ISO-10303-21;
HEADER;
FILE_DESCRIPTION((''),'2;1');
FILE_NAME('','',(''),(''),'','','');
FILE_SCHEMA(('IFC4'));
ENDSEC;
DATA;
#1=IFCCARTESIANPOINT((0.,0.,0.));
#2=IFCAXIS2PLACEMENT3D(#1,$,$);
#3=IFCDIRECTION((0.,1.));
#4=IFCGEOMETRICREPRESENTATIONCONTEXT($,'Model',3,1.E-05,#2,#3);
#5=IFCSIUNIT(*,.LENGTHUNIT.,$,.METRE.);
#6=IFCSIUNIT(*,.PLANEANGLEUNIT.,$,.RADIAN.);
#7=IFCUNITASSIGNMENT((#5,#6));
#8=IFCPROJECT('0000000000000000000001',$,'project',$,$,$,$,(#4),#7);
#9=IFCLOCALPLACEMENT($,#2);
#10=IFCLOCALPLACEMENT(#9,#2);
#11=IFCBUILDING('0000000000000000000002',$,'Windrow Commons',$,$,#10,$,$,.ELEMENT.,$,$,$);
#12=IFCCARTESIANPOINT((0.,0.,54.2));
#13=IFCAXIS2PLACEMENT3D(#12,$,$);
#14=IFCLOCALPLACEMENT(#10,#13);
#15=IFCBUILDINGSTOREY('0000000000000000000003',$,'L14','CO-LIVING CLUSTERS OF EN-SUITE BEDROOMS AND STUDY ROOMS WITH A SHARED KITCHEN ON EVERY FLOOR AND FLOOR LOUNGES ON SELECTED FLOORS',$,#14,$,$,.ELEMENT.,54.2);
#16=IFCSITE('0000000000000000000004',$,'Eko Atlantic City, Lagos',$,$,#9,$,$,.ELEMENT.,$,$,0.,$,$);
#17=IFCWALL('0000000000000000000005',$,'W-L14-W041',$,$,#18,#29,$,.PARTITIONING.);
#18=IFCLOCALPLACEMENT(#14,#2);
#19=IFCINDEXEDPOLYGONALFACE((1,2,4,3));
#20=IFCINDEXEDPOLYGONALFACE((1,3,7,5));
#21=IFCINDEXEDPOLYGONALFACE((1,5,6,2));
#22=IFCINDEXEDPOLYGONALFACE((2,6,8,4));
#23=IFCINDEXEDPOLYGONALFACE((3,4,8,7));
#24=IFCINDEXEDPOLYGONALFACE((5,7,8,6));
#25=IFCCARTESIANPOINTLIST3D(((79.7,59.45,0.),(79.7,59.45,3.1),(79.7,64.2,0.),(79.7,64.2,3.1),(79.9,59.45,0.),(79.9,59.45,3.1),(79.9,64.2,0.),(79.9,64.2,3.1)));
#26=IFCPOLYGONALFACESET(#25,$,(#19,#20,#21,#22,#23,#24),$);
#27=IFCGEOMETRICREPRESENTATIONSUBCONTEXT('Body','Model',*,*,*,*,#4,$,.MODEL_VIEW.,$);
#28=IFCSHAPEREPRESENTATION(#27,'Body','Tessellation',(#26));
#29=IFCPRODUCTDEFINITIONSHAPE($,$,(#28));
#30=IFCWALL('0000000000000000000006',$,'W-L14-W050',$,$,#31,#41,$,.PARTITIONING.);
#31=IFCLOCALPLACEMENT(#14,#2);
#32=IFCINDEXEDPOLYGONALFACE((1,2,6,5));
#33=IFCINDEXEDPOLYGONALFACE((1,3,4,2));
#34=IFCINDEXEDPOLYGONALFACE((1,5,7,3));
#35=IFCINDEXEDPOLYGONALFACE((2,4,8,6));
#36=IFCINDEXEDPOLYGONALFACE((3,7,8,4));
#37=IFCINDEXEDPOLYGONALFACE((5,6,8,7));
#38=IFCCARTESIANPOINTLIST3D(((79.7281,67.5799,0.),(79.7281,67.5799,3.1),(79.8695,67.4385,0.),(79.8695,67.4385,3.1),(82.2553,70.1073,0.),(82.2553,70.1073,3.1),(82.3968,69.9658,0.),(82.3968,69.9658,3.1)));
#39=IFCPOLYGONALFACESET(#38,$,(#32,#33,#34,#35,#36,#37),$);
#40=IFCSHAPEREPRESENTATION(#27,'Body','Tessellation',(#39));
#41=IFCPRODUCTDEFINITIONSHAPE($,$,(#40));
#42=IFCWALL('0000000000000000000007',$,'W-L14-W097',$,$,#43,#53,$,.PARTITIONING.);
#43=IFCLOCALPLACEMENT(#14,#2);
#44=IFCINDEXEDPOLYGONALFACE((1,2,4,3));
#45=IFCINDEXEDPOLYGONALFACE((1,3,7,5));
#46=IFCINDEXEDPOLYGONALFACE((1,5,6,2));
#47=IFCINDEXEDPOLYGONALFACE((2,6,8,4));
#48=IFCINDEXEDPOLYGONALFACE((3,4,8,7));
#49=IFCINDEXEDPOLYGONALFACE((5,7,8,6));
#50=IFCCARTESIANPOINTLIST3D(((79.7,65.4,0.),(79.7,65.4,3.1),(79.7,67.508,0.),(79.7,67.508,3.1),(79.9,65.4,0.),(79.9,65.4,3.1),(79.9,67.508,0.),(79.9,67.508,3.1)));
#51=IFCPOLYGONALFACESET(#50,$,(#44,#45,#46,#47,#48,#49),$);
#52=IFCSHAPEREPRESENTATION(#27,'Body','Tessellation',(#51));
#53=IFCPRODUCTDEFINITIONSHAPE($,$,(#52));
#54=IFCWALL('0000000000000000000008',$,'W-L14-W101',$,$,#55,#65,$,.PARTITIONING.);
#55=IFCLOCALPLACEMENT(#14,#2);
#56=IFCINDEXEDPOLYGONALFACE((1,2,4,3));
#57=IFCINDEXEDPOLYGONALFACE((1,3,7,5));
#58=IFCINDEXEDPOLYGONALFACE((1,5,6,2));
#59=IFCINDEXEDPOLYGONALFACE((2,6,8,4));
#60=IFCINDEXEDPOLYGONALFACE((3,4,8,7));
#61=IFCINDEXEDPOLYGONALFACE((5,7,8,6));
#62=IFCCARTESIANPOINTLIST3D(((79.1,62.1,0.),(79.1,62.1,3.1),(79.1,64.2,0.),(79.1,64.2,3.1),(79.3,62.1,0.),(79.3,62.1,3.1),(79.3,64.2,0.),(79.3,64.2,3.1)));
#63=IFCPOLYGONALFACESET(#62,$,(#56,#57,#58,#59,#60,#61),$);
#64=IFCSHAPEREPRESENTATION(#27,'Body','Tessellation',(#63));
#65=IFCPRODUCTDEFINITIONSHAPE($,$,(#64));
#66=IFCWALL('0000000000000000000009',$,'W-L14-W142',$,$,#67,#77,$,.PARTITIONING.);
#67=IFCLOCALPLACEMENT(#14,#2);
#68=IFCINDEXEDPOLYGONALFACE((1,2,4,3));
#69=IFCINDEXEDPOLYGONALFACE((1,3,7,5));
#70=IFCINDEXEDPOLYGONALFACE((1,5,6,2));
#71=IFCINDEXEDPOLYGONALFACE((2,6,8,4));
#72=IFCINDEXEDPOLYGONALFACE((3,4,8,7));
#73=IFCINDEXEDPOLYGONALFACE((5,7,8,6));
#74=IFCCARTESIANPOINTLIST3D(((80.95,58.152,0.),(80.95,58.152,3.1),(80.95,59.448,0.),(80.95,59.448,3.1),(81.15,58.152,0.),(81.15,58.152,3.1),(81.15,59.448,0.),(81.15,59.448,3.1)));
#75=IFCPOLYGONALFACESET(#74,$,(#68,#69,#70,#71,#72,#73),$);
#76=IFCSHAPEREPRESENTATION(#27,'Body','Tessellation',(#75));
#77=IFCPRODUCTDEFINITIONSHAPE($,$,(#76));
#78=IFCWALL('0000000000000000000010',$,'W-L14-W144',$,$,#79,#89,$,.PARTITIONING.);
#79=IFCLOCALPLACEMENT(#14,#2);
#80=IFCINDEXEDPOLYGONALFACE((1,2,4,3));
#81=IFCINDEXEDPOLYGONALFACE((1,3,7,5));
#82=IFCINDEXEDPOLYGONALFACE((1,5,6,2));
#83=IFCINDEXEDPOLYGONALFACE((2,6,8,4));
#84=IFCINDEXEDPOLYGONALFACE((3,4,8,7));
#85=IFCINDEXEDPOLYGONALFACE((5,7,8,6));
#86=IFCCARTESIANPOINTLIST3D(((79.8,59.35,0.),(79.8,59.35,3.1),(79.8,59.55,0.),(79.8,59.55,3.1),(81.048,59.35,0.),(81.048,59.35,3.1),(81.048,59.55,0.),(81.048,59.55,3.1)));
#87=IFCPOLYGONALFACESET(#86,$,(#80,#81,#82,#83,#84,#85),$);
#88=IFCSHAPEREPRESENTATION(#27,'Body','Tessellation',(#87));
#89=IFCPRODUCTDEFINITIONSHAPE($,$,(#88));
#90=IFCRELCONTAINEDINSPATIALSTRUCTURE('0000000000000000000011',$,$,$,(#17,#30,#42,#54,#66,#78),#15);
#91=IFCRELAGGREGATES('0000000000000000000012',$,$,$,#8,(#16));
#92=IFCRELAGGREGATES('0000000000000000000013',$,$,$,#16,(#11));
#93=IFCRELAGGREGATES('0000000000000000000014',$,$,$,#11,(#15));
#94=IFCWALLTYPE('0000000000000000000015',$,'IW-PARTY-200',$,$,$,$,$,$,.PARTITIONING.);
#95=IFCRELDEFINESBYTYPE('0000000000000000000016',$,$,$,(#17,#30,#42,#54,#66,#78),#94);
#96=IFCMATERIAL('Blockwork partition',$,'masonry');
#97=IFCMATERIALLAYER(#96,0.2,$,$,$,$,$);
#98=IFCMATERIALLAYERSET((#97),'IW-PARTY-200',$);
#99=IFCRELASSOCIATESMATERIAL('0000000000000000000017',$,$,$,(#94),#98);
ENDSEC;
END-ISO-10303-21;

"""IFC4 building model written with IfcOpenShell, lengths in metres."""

from ifc_helpers import new_model, si_unit, direction, frame, frame_2d, origin, place, context, subcontext, project, spatial, rectangle, extrude, material, layer, layer_set, type_object, element, save


model = new_model("IFC4")

# Units and contexts
model_context = context("Model", 3, precision=1e-05, world=origin(), true_north=direction((0.0, 1.0)))
body_context = subcontext(model_context, "Body", "Model", "MODEL_VIEW")
ifc_project = project(units=[si_unit("LENGTHUNIT", "METRE"), si_unit("PLANEANGLEUNIT", "RADIAN")], contexts=[model_context])

# Site, building, storey
site_placement = place(None, origin())
site = spatial("IfcSite", under=ifc_project, at=site_placement, Name="Eko Atlantic City, Lagos", CompositionType="ELEMENT", RefElevation=0.0)
building_placement = place(site_placement, origin())
building = spatial("IfcBuilding", under=site, at=building_placement, Name="Windrow Commons", CompositionType="ELEMENT")
storey_placement = place(building_placement, frame((0.0, 0.0, 54.2)))
storey = spatial("IfcBuildingStorey", under=building, at=storey_placement, Name="L14", Description="CO-LIVING CLUSTERS OF EN-SUITE BEDROOMS AND STUDY ROOMS WITH A SHARED KITCHEN ON EVERY FLOOR AND FLOOR LOUNGES ON SELECTED FLOORS", CompositionType="ELEMENT", Elevation=54.2)

# Walls
ifc_material_1 = material(Name="Blockwork partition", Category="masonry")
ifc_layer_1 = layer(ifc_material_1, 0.2)
ifc_layer_set_1 = layer_set([ifc_layer_1], Name="IW-PARTY-200")
wall_type_1 = type_object("IfcWallType", Name="IW-PARTY-200", PredefinedType="PARTITIONING", material=ifc_layer_set_1)
wall_1_placement = place(storey_placement, frame((79.8, 59.45, 0.0), z_axis=(0.0, 0.0, 1.0), x_axis=(0.0, 1.0, 0.0)))
element("IfcWall", 1, at=wall_1_placement, inside=storey, type_object=wall_type_1, Name="W-L14-W041", PredefinedType="PARTITIONING", context=body_context, shape_type="SweptSolid", body=[
    extrude(rectangle(XDim=4.75, YDim=0.2, at=frame_2d((2.375, 0.0))), origin(), (0.0, 0.0, 1.0), 3.1),
])
wall_2_placement = place(storey_placement, frame((79.7988, 67.5092, 0.0), z_axis=(0.0, 0.0, 1.0), x_axis=(0.707093, 0.707121, 0.0)))
element("IfcWall", 2, at=wall_2_placement, inside=storey, type_object=wall_type_1, Name="W-L14-W050", PredefinedType="PARTITIONING", context=body_context, shape_type="SweptSolid", body=[
    extrude(rectangle(XDim=3.5741, YDim=0.2, at=frame_2d((1.7871, 0.0))), origin(), (0.0, 0.0, 1.0), 3.1),
])
wall_3_placement = place(storey_placement, frame((79.8, 65.4, 0.0), z_axis=(0.0, 0.0, 1.0), x_axis=(0.0, 1.0, 0.0)))
element("IfcWall", 3, at=wall_3_placement, inside=storey, type_object=wall_type_1, Name="W-L14-W097", PredefinedType="PARTITIONING", context=body_context, shape_type="SweptSolid", body=[
    extrude(rectangle(XDim=2.108, YDim=0.2, at=frame_2d((1.054, 0.0))), origin(), (0.0, 0.0, 1.0), 3.1),
])
wall_4_placement = place(storey_placement, frame((79.2, 62.1, 0.0), z_axis=(0.0, 0.0, 1.0), x_axis=(0.0, 1.0, 0.0)))
element("IfcWall", 4, at=wall_4_placement, inside=storey, type_object=wall_type_1, Name="W-L14-W101", PredefinedType="PARTITIONING", context=body_context, shape_type="SweptSolid", body=[
    extrude(rectangle(XDim=2.1, YDim=0.2, at=frame_2d((1.05, 0.0))), origin(), (0.0, 0.0, 1.0), 3.1),
])
wall_5_placement = place(storey_placement, frame((81.05, 58.152, 0.0), z_axis=(0.0, 0.0, 1.0), x_axis=(0.0, 1.0, 0.0)))
element("IfcWall", 5, at=wall_5_placement, inside=storey, type_object=wall_type_1, Name="W-L14-W142", PredefinedType="PARTITIONING", context=body_context, shape_type="SweptSolid", body=[
    extrude(rectangle(XDim=1.296, YDim=0.2, at=frame_2d((0.648, 0.0))), origin(), (0.0, 0.0, 1.0), 3.1),
])
wall_6_placement = place(storey_placement, frame((79.8, 59.45, 0.0), z_axis=(0.0, 0.0, 1.0), x_axis=(1.0, 0.0, 0.0)))
element("IfcWall", 6, at=wall_6_placement, inside=storey, type_object=wall_type_1, Name="W-L14-W144", PredefinedType="PARTITIONING", context=body_context, shape_type="SweptSolid", body=[
    extrude(rectangle(XDim=1.248, YDim=0.2, at=frame_2d((0.624, 0.0))), origin(), (0.0, 0.0, 1.0), 3.1),
])

save(model, "model.ifc")
